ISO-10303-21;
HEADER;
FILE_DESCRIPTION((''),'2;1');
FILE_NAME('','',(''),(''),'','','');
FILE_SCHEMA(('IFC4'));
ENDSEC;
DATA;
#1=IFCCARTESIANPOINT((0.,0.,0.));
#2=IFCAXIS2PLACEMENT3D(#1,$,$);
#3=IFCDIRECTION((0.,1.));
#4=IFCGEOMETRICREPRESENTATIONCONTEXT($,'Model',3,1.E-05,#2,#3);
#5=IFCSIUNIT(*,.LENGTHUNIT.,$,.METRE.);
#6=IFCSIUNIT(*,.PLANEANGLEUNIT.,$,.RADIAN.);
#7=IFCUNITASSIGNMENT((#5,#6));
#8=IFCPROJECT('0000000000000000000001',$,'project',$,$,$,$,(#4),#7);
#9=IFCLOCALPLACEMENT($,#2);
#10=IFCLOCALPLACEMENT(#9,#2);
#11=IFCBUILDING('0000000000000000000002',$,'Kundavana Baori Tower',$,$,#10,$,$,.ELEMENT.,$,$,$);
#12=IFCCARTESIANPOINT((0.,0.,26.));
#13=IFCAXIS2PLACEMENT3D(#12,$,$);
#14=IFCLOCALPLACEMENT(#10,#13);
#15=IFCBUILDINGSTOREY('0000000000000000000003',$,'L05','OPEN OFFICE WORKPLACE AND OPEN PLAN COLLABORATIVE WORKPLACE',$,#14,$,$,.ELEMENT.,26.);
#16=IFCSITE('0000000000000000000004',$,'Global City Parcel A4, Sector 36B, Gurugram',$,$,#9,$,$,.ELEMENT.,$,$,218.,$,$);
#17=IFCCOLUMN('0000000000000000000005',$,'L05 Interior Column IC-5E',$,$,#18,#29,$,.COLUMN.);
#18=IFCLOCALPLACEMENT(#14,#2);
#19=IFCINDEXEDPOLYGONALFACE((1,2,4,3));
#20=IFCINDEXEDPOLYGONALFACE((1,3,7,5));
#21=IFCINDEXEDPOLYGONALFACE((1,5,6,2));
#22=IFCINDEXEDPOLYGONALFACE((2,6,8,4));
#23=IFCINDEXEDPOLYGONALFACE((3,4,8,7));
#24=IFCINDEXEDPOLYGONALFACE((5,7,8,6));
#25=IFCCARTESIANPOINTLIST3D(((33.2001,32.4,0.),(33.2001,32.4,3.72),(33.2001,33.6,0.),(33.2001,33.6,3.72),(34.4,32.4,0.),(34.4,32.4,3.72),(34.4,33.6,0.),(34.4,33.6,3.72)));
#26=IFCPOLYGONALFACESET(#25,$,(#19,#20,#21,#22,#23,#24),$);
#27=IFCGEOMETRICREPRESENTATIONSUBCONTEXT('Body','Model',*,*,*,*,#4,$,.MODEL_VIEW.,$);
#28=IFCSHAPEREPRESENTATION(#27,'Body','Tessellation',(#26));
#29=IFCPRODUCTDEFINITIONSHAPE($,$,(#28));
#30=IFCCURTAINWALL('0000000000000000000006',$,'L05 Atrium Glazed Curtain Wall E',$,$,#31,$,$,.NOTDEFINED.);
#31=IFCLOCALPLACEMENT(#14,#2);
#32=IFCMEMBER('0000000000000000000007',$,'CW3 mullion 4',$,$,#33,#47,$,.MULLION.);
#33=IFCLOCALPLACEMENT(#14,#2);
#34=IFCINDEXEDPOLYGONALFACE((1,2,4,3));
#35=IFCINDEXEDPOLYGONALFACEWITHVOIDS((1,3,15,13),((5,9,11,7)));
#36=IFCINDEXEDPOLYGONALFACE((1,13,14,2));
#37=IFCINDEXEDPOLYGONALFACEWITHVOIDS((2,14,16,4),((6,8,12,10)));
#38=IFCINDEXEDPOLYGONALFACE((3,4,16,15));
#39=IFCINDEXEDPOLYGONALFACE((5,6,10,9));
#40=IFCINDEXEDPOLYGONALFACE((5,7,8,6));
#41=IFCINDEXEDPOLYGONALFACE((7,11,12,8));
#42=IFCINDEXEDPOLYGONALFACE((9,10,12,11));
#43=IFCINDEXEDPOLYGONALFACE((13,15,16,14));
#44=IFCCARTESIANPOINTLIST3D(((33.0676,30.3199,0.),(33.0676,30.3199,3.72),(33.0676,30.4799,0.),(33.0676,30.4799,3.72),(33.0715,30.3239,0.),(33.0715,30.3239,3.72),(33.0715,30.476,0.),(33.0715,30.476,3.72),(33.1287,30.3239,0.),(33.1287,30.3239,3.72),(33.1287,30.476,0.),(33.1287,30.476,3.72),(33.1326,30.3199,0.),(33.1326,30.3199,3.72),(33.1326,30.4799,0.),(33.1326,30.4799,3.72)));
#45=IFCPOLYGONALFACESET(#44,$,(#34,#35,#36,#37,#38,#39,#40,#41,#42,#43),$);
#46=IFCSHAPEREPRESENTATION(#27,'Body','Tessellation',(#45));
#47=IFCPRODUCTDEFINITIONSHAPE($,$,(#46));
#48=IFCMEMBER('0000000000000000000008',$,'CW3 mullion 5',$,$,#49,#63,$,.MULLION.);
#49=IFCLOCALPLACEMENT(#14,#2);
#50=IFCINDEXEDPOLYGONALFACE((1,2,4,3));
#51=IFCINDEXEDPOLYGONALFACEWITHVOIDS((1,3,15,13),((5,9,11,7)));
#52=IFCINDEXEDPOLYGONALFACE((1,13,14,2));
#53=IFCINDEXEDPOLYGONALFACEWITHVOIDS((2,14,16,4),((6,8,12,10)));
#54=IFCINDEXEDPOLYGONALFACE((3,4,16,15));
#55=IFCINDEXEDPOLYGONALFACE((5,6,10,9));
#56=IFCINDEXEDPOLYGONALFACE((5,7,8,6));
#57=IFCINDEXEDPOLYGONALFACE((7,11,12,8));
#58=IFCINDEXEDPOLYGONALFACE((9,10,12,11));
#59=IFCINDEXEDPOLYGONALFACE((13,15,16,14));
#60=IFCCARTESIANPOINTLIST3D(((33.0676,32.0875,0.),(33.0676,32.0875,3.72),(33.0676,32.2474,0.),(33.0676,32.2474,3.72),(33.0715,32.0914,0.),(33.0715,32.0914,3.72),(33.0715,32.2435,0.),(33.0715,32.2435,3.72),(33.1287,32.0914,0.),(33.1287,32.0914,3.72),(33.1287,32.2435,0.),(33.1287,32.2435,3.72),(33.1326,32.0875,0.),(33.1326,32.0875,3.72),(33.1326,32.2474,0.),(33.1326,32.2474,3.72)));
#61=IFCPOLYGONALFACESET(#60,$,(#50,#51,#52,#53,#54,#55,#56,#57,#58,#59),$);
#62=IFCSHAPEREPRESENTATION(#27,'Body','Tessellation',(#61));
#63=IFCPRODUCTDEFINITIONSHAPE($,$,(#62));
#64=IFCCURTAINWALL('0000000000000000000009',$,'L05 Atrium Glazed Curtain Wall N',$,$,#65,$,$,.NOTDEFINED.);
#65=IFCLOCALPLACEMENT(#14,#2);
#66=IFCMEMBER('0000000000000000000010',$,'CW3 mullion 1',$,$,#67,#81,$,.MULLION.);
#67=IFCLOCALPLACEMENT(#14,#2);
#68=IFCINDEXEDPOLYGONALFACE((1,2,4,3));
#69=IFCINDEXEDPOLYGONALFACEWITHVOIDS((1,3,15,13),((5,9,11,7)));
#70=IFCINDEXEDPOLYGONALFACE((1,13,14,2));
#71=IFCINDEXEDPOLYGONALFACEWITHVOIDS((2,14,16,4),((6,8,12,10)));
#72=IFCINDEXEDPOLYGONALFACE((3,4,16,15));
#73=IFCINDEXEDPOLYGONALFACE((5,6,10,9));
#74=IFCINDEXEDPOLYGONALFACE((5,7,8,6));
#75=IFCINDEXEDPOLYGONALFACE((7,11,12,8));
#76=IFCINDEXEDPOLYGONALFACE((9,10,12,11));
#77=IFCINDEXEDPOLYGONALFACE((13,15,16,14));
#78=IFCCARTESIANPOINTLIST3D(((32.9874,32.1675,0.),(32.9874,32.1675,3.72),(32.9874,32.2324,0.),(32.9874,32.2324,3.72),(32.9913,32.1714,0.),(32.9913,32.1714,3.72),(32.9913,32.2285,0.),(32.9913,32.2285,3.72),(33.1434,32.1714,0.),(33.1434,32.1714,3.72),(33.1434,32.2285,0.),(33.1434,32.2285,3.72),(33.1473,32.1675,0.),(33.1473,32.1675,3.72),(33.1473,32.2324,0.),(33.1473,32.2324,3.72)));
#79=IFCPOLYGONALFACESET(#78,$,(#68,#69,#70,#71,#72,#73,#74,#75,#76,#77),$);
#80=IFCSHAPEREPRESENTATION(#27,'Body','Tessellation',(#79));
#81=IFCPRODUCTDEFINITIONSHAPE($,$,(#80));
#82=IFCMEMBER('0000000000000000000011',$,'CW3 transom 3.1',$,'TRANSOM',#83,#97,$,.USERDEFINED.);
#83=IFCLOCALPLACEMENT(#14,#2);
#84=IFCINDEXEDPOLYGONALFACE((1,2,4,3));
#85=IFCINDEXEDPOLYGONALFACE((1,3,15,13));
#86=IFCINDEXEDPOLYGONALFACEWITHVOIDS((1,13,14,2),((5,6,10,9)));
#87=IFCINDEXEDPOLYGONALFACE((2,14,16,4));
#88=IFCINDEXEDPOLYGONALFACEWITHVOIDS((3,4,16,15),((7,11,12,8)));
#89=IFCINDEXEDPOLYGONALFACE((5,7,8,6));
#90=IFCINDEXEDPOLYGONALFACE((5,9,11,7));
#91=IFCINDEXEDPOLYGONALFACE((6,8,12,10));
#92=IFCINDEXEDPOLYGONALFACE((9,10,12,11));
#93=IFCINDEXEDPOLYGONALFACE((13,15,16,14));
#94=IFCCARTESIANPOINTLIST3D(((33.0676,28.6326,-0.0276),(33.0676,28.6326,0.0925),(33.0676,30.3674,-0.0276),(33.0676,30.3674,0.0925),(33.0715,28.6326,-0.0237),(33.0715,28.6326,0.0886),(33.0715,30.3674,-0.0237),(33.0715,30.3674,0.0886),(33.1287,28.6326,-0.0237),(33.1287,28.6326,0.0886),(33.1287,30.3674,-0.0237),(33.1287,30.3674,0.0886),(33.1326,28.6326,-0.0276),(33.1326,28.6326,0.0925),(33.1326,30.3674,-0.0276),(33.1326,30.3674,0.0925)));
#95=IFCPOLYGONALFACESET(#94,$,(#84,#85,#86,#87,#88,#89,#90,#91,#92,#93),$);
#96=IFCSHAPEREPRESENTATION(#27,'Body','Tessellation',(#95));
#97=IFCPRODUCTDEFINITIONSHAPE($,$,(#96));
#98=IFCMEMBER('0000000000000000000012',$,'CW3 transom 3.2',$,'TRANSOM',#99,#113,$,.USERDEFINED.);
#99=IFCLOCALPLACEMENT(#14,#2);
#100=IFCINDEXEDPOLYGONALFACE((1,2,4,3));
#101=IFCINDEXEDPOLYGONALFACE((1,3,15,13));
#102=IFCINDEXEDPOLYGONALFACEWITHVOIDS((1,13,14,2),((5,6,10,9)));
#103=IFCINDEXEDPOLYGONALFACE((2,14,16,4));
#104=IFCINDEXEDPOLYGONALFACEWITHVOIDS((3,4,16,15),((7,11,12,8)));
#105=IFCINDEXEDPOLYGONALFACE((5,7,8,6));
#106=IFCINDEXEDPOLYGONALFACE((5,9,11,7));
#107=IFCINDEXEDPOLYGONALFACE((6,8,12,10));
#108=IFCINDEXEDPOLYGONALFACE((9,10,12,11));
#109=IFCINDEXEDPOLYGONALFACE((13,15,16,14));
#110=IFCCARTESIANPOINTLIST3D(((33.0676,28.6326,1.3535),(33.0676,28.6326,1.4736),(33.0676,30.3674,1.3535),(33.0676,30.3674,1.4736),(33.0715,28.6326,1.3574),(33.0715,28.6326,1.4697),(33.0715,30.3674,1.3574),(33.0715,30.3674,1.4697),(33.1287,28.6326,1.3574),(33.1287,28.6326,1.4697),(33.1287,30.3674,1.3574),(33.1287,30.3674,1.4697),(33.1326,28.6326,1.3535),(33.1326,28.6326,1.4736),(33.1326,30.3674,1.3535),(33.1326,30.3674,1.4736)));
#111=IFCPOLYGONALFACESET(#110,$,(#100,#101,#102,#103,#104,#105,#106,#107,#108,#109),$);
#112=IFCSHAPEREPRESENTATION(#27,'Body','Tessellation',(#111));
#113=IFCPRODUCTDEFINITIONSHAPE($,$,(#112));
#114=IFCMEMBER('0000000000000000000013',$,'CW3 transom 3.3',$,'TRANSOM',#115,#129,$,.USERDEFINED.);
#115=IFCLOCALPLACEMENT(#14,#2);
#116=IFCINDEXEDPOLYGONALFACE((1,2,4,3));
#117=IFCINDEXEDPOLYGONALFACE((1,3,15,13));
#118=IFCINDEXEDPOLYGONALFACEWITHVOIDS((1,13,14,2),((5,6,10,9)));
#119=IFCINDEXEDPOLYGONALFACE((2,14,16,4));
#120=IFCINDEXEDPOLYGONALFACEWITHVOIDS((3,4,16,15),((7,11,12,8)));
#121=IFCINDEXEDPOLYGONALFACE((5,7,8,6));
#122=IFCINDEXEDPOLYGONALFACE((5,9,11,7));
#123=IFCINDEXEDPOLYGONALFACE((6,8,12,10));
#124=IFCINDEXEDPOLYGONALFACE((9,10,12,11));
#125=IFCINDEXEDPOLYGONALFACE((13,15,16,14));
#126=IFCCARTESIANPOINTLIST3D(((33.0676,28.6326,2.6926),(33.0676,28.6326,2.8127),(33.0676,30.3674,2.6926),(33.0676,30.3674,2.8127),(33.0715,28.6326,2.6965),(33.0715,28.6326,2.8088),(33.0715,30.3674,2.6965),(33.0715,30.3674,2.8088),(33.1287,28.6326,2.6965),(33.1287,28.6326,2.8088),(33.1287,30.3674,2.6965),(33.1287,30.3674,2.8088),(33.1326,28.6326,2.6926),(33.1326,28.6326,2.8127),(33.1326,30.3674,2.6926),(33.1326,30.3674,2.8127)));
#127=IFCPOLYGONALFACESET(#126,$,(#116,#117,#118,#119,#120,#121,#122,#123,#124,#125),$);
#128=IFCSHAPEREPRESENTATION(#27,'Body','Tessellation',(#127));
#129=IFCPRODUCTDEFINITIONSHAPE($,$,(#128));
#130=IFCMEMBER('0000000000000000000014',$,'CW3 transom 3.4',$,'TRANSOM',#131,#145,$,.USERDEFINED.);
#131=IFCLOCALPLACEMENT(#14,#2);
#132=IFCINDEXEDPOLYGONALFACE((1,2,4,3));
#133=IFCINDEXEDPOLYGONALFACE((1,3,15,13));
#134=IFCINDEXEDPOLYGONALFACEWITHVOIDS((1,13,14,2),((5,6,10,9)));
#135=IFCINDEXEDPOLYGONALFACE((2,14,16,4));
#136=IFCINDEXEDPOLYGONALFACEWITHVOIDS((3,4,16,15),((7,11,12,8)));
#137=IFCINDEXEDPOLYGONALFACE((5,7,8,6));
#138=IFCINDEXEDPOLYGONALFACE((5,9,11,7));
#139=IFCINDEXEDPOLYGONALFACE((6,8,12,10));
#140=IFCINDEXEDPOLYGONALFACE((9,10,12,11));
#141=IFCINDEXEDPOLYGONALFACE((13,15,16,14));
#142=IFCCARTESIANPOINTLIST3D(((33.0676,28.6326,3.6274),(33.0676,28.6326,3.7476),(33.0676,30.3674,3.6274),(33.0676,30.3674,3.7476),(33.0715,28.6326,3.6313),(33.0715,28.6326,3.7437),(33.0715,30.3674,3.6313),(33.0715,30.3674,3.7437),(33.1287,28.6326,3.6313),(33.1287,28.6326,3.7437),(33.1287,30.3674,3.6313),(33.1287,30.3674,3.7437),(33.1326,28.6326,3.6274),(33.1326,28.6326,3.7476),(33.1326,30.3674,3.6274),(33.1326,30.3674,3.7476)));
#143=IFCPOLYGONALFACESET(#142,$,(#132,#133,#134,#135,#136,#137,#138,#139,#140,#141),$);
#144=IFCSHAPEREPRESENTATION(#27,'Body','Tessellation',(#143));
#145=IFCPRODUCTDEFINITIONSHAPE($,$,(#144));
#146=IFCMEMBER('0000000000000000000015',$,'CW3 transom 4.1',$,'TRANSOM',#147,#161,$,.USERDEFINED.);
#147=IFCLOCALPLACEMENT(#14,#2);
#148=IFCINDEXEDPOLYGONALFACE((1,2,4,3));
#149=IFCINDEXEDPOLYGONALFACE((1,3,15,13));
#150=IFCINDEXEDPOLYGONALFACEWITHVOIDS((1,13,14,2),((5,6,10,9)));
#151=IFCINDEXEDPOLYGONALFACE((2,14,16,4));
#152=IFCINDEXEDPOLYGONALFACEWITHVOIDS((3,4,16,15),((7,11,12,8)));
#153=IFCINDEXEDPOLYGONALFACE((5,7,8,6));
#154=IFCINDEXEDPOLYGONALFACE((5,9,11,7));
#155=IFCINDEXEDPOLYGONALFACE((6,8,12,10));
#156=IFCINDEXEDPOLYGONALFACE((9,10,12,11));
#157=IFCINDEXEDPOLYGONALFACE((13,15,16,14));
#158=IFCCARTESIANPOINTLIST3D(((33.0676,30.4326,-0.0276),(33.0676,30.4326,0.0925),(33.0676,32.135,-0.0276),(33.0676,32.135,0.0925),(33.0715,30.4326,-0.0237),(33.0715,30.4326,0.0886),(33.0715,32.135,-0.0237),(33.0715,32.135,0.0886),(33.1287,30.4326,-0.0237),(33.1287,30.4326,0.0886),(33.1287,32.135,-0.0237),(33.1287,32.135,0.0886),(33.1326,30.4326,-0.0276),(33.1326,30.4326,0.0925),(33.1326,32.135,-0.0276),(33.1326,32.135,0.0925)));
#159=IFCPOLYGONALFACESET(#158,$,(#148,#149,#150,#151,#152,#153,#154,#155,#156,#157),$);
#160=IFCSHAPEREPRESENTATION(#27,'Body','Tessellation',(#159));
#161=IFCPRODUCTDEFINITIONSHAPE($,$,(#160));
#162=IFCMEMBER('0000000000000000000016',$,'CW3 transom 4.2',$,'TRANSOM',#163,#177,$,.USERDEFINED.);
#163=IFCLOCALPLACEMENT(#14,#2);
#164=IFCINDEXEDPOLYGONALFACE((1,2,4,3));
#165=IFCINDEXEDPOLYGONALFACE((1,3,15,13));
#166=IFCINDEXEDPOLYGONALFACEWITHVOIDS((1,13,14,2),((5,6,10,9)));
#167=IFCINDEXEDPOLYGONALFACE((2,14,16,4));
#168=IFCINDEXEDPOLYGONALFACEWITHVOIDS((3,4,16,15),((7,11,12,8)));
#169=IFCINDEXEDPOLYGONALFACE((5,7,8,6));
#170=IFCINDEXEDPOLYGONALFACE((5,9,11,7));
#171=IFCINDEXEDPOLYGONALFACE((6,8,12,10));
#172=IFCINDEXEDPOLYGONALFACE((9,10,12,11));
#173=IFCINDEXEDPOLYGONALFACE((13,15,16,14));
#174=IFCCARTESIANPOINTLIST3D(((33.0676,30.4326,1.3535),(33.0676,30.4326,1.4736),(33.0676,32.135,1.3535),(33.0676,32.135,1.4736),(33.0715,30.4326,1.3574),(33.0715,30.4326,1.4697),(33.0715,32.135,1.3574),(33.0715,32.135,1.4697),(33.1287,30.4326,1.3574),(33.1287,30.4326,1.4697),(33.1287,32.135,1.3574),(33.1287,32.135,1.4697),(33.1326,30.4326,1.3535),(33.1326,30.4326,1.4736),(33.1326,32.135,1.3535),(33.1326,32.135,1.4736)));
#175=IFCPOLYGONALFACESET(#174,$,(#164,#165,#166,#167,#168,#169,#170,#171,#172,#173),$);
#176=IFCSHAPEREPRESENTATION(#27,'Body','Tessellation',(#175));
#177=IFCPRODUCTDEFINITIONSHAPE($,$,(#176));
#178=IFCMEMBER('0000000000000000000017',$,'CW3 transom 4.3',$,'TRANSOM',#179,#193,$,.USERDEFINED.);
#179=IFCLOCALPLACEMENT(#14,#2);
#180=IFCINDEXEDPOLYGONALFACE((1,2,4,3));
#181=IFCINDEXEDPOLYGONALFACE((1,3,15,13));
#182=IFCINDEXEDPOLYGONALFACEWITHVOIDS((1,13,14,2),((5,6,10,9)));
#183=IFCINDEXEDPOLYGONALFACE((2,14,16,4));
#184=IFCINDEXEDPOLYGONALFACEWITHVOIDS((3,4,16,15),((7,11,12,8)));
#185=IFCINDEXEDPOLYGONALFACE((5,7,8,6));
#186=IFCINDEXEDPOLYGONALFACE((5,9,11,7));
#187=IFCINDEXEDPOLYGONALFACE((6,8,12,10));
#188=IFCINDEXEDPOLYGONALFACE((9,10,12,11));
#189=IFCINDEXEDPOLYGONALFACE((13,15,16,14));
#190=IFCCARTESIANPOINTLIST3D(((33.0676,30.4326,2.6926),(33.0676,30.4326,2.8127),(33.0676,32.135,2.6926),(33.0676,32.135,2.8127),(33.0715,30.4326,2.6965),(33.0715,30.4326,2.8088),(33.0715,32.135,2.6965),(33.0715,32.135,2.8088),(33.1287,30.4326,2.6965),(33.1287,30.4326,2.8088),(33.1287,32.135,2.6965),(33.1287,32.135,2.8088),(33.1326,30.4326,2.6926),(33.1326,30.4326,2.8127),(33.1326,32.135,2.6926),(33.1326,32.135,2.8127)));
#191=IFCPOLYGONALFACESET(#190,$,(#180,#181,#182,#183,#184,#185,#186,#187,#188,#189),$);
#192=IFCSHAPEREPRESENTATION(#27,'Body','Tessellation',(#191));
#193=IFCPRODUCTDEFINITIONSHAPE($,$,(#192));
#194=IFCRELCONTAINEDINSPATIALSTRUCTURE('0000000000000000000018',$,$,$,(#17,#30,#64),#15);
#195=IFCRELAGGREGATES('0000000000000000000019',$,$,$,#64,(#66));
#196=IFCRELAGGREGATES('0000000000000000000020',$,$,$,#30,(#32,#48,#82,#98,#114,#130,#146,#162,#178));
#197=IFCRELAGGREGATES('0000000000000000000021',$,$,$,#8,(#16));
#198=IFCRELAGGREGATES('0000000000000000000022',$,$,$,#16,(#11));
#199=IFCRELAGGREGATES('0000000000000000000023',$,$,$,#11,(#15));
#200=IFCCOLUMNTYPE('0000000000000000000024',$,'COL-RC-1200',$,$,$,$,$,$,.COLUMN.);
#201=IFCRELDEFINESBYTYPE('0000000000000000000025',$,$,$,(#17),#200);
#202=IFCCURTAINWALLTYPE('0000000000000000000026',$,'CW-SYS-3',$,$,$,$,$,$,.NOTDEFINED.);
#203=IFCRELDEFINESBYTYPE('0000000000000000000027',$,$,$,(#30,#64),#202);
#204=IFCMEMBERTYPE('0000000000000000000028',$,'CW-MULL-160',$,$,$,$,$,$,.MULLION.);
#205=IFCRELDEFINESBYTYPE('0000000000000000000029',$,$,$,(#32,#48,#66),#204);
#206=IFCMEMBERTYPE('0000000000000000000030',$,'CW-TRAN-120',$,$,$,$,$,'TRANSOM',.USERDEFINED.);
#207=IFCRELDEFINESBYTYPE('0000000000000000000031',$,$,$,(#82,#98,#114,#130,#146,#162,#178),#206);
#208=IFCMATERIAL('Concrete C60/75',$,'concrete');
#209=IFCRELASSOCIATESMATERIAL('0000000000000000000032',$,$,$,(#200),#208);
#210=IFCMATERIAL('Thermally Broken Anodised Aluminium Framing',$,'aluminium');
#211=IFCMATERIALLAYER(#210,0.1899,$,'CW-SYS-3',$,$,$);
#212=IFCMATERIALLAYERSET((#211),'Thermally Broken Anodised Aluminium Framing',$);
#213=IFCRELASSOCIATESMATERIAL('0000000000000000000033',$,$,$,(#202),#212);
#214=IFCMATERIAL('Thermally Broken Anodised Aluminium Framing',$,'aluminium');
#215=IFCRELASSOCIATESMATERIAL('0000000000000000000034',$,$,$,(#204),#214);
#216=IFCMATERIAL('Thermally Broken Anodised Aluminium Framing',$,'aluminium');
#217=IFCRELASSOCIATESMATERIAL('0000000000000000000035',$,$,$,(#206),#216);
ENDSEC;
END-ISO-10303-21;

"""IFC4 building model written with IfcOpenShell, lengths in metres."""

from ifc_helpers import new_model, si_unit, direction, frame, origin, origin_2d, place, context, subcontext, project, spatial, rectangle, hollow_rectangle, extrude, material, layer, layer_set, material_profile, profile_set, type_object, element, aggregate, save


model = new_model("IFC4")

# Units and contexts
model_context = context("Model", 3, precision=1e-05, world=origin(), true_north=direction((0.0, 1.0)))
body_context = subcontext(model_context, "Body", "Model", "MODEL_VIEW")
ifc_project = project(units=[si_unit("LENGTHUNIT", "METRE"), si_unit("PLANEANGLEUNIT", "RADIAN")], contexts=[model_context])

# Site, building, storey
site_placement = place(None, origin())
site = spatial("IfcSite", under=ifc_project, at=site_placement, Name="Global City Parcel A4, Sector 36B, Gurugram", CompositionType="ELEMENT", RefElevation=218.0)
building_placement = place(site_placement, origin())
building = spatial("IfcBuilding", under=site, at=building_placement, Name="Kundavana Baori Tower", CompositionType="ELEMENT")
storey_placement = place(building_placement, frame((0.0, 0.0, 26.0)))
storey = spatial("IfcBuildingStorey", under=building, at=storey_placement, Name="L05", Description="OPEN OFFICE WORKPLACE AND OPEN PLAN COLLABORATIVE WORKPLACE", CompositionType="ELEMENT", Elevation=26.0)

# Column
ifc_material_1 = material(Name="Concrete C60/75", Category="concrete")
ifc_material_profile_1 = material_profile(ifc_material_1, rectangle(XDim=1.2, YDim=1.2, at=origin_2d()), Name="RC 1200x1200")
ifc_profile_set_1 = profile_set([ifc_material_profile_1], Name="Concrete C60/75")
column_type = type_object("IfcColumnType", Name="COL-RC-1200", PredefinedType="COLUMN", material=ifc_profile_set_1)
column_placement = place(storey_placement, frame((33.8, 33.0, 0.0), z_axis=(0.0, 0.0, 1.0), x_axis=(1.0, 0.0, 0.0)))
element("IfcColumn", 1, at=column_placement, inside=storey, type_object=column_type, Name="L05 Interior Column IC-5E", PredefinedType="COLUMN", context=body_context, shape_type="SweptSolid", body=[
    extrude(rectangle(XDim=1.2, YDim=1.2, at=origin_2d()), origin(), (0.0, 0.0, 1.0), 3.72),
])

# Curtain wall, members
ifc_material_2 = material(Name="Thermally Broken Anodised Aluminium Framing", Category="aluminium")
ifc_layer_1 = layer(ifc_material_2, 0.1899, Name="CW-SYS-3")
ifc_layer_set_1 = layer_set([ifc_layer_1], Name="Thermally Broken Anodised Aluminium Framing")
curtain_wall_type = type_object("IfcCurtainWallType", Name="CW-SYS-3", PredefinedType="NOTDEFINED", material=ifc_layer_set_1)
curtain_wall_1_placement = place(storey_placement, origin())
curtain_wall_1 = element("IfcCurtainWall", 2, at=curtain_wall_1_placement, inside=storey, type_object=curtain_wall_type, Name="L05 Atrium Glazed Curtain Wall E", PredefinedType="NOTDEFINED")
ifc_material_3 = material(Name="Thermally Broken Anodised Aluminium Framing", Category="aluminium")
ifc_material_profile_2 = material_profile(ifc_material_3, hollow_rectangle(XDim=0.0649, YDim=0.1599, WallThickness=0.0039, at=origin_2d()), Name="CW-MULL-160")
ifc_profile_set_2 = profile_set([ifc_material_profile_2], Name="Thermally Broken Anodised Aluminium Framing")
member_type_1 = type_object("IfcMemberType", Name="CW-MULL-160", PredefinedType="MULLION", material=ifc_profile_set_2)
member_1_placement = place(storey_placement, frame((33.1001, 30.3999, 0.0), z_axis=(0.0, 0.0, 1.0), x_axis=(-1.0, 0.0, 0.0)))
member_1 = element("IfcMember", 3, at=member_1_placement, type_object=member_type_1, Name="CW3 mullion 4", PredefinedType="MULLION", context=body_context, shape_type="SweptSolid", body=[
    extrude(hollow_rectangle(XDim=0.0649, YDim=0.1599, WallThickness=0.0039, at=origin_2d()), origin(), (0.0, 0.0, 1.0), 3.72),
])
member_2_placement = place(storey_placement, frame((33.1001, 32.1675, 0.0), z_axis=(0.0, 0.0, 1.0), x_axis=(-1.0, 0.0, 0.0)))
member_2 = element("IfcMember", 4, at=member_2_placement, type_object=member_type_1, Name="CW3 mullion 5", PredefinedType="MULLION", context=body_context, shape_type="SweptSolid", body=[
    extrude(hollow_rectangle(XDim=0.0649, YDim=0.1599, WallThickness=0.0039, at=origin_2d()), origin(), (0.0, 0.0, 1.0), 3.72),
])

# Curtain wall, member
curtain_wall_2_placement = place(storey_placement, origin())
curtain_wall_2 = element("IfcCurtainWall", 5, at=curtain_wall_2_placement, inside=storey, type_object=curtain_wall_type, Name="L05 Atrium Glazed Curtain Wall N", PredefinedType="NOTDEFINED")
member_3_placement = place(storey_placement, frame((33.0674, 32.2, 0.0), z_axis=(0.0, 0.0, 1.0), x_axis=(0.0, -1.0, 0.0)))
member_3 = element("IfcMember", 6, at=member_3_placement, type_object=member_type_1, Name="CW3 mullion 1", PredefinedType="MULLION", context=body_context, shape_type="SweptSolid", body=[
    extrude(hollow_rectangle(XDim=0.0649, YDim=0.1599, WallThickness=0.0039, at=origin_2d()), origin(), (0.0, 0.0, 1.0), 3.72),
])

# Members
ifc_material_4 = material(Name="Thermally Broken Anodised Aluminium Framing", Category="aluminium")
ifc_material_profile_3 = material_profile(ifc_material_4, hollow_rectangle(XDim=0.0649, YDim=0.1201, WallThickness=0.0039, at=origin_2d()), Name="CW-TRAN-120")
ifc_profile_set_3 = profile_set([ifc_material_profile_3], Name="Thermally Broken Anodised Aluminium Framing")
member_type_2 = type_object("IfcMemberType", Name="CW-TRAN-120", ElementType="TRANSOM", PredefinedType="USERDEFINED", material=ifc_profile_set_3)
member_4_placement = place(storey_placement, frame((33.1001, 28.6326, 0.0325), z_axis=(0.0, 1.0, 0.0), x_axis=(-1.0, 0.0, 0.0)))
member_4 = element("IfcMember", 7, at=member_4_placement, type_object=member_type_2, Name="CW3 transom 3.1", ObjectType="TRANSOM", PredefinedType="USERDEFINED", context=body_context, shape_type="SweptSolid", body=[
    extrude(hollow_rectangle(XDim=0.0649, YDim=0.1201, WallThickness=0.0039, at=origin_2d()), origin(), (0.0, 0.0, 1.0), 1.7349),
])
member_5_placement = place(storey_placement, frame((33.1001, 28.6326, 1.4136), z_axis=(0.0, 1.0, 0.0), x_axis=(-1.0, 0.0, 0.0)))
member_5 = element("IfcMember", 8, at=member_5_placement, type_object=member_type_2, Name="CW3 transom 3.2", ObjectType="TRANSOM", PredefinedType="USERDEFINED", context=body_context, shape_type="SweptSolid", body=[
    extrude(hollow_rectangle(XDim=0.0649, YDim=0.1201, WallThickness=0.0039, at=origin_2d()), origin(), (0.0, 0.0, 1.0), 1.7349),
])
member_6_placement = place(storey_placement, frame((33.1001, 28.6326, 2.7527), z_axis=(0.0, 1.0, 0.0), x_axis=(-1.0, 0.0, 0.0)))
member_6 = element("IfcMember", 9, at=member_6_placement, type_object=member_type_2, Name="CW3 transom 3.3", ObjectType="TRANSOM", PredefinedType="USERDEFINED", context=body_context, shape_type="SweptSolid", body=[
    extrude(hollow_rectangle(XDim=0.0649, YDim=0.1201, WallThickness=0.0039, at=origin_2d()), origin(), (0.0, 0.0, 1.0), 1.7349),
])
member_7_placement = place(storey_placement, frame((33.1001, 28.6326, 3.6875), z_axis=(0.0, 1.0, 0.0), x_axis=(-1.0, 0.0, 0.0)))
member_7 = element("IfcMember", 10, at=member_7_placement, type_object=member_type_2, Name="CW3 transom 3.4", ObjectType="TRANSOM", PredefinedType="USERDEFINED", context=body_context, shape_type="SweptSolid", body=[
    extrude(hollow_rectangle(XDim=0.0649, YDim=0.1201, WallThickness=0.0039, at=origin_2d()), origin(), (0.0, 0.0, 1.0), 1.7349),
])
member_8_placement = place(storey_placement, frame((33.1001, 30.4326, 0.0325), z_axis=(0.0, 1.0, 0.0), x_axis=(-1.0, 0.0, 0.0)))
member_8 = element("IfcMember", 11, at=member_8_placement, type_object=member_type_2, Name="CW3 transom 4.1", ObjectType="TRANSOM", PredefinedType="USERDEFINED", context=body_context, shape_type="SweptSolid", body=[
    extrude(hollow_rectangle(XDim=0.0649, YDim=0.1201, WallThickness=0.0039, at=origin_2d()), origin(), (0.0, 0.0, 1.0), 1.7024),
])
member_9_placement = place(storey_placement, frame((33.1001, 30.4326, 1.4136), z_axis=(0.0, 1.0, 0.0), x_axis=(-1.0, 0.0, 0.0)))
member_9 = element("IfcMember", 12, at=member_9_placement, type_object=member_type_2, Name="CW3 transom 4.2", ObjectType="TRANSOM", PredefinedType="USERDEFINED", context=body_context, shape_type="SweptSolid", body=[
    extrude(hollow_rectangle(XDim=0.0649, YDim=0.1201, WallThickness=0.0039, at=origin_2d()), origin(), (0.0, 0.0, 1.0), 1.7024),
])
member_10_placement = place(storey_placement, frame((33.1001, 30.4326, 2.7527), z_axis=(0.0, 1.0, 0.0), x_axis=(-1.0, 0.0, 0.0)))
member_10 = element("IfcMember", 13, at=member_10_placement, type_object=member_type_2, Name="CW3 transom 4.3", ObjectType="TRANSOM", PredefinedType="USERDEFINED", context=body_context, shape_type="SweptSolid", body=[
    extrude(hollow_rectangle(XDim=0.0649, YDim=0.1201, WallThickness=0.0039, at=origin_2d()), origin(), (0.0, 0.0, 1.0), 1.7024),
])
aggregate(curtain_wall_2, [member_3])

aggregate(curtain_wall_1, [member_1, member_2, member_4, member_5, member_6, member_7, member_8, member_9, member_10])

save(model, "model.ifc")
